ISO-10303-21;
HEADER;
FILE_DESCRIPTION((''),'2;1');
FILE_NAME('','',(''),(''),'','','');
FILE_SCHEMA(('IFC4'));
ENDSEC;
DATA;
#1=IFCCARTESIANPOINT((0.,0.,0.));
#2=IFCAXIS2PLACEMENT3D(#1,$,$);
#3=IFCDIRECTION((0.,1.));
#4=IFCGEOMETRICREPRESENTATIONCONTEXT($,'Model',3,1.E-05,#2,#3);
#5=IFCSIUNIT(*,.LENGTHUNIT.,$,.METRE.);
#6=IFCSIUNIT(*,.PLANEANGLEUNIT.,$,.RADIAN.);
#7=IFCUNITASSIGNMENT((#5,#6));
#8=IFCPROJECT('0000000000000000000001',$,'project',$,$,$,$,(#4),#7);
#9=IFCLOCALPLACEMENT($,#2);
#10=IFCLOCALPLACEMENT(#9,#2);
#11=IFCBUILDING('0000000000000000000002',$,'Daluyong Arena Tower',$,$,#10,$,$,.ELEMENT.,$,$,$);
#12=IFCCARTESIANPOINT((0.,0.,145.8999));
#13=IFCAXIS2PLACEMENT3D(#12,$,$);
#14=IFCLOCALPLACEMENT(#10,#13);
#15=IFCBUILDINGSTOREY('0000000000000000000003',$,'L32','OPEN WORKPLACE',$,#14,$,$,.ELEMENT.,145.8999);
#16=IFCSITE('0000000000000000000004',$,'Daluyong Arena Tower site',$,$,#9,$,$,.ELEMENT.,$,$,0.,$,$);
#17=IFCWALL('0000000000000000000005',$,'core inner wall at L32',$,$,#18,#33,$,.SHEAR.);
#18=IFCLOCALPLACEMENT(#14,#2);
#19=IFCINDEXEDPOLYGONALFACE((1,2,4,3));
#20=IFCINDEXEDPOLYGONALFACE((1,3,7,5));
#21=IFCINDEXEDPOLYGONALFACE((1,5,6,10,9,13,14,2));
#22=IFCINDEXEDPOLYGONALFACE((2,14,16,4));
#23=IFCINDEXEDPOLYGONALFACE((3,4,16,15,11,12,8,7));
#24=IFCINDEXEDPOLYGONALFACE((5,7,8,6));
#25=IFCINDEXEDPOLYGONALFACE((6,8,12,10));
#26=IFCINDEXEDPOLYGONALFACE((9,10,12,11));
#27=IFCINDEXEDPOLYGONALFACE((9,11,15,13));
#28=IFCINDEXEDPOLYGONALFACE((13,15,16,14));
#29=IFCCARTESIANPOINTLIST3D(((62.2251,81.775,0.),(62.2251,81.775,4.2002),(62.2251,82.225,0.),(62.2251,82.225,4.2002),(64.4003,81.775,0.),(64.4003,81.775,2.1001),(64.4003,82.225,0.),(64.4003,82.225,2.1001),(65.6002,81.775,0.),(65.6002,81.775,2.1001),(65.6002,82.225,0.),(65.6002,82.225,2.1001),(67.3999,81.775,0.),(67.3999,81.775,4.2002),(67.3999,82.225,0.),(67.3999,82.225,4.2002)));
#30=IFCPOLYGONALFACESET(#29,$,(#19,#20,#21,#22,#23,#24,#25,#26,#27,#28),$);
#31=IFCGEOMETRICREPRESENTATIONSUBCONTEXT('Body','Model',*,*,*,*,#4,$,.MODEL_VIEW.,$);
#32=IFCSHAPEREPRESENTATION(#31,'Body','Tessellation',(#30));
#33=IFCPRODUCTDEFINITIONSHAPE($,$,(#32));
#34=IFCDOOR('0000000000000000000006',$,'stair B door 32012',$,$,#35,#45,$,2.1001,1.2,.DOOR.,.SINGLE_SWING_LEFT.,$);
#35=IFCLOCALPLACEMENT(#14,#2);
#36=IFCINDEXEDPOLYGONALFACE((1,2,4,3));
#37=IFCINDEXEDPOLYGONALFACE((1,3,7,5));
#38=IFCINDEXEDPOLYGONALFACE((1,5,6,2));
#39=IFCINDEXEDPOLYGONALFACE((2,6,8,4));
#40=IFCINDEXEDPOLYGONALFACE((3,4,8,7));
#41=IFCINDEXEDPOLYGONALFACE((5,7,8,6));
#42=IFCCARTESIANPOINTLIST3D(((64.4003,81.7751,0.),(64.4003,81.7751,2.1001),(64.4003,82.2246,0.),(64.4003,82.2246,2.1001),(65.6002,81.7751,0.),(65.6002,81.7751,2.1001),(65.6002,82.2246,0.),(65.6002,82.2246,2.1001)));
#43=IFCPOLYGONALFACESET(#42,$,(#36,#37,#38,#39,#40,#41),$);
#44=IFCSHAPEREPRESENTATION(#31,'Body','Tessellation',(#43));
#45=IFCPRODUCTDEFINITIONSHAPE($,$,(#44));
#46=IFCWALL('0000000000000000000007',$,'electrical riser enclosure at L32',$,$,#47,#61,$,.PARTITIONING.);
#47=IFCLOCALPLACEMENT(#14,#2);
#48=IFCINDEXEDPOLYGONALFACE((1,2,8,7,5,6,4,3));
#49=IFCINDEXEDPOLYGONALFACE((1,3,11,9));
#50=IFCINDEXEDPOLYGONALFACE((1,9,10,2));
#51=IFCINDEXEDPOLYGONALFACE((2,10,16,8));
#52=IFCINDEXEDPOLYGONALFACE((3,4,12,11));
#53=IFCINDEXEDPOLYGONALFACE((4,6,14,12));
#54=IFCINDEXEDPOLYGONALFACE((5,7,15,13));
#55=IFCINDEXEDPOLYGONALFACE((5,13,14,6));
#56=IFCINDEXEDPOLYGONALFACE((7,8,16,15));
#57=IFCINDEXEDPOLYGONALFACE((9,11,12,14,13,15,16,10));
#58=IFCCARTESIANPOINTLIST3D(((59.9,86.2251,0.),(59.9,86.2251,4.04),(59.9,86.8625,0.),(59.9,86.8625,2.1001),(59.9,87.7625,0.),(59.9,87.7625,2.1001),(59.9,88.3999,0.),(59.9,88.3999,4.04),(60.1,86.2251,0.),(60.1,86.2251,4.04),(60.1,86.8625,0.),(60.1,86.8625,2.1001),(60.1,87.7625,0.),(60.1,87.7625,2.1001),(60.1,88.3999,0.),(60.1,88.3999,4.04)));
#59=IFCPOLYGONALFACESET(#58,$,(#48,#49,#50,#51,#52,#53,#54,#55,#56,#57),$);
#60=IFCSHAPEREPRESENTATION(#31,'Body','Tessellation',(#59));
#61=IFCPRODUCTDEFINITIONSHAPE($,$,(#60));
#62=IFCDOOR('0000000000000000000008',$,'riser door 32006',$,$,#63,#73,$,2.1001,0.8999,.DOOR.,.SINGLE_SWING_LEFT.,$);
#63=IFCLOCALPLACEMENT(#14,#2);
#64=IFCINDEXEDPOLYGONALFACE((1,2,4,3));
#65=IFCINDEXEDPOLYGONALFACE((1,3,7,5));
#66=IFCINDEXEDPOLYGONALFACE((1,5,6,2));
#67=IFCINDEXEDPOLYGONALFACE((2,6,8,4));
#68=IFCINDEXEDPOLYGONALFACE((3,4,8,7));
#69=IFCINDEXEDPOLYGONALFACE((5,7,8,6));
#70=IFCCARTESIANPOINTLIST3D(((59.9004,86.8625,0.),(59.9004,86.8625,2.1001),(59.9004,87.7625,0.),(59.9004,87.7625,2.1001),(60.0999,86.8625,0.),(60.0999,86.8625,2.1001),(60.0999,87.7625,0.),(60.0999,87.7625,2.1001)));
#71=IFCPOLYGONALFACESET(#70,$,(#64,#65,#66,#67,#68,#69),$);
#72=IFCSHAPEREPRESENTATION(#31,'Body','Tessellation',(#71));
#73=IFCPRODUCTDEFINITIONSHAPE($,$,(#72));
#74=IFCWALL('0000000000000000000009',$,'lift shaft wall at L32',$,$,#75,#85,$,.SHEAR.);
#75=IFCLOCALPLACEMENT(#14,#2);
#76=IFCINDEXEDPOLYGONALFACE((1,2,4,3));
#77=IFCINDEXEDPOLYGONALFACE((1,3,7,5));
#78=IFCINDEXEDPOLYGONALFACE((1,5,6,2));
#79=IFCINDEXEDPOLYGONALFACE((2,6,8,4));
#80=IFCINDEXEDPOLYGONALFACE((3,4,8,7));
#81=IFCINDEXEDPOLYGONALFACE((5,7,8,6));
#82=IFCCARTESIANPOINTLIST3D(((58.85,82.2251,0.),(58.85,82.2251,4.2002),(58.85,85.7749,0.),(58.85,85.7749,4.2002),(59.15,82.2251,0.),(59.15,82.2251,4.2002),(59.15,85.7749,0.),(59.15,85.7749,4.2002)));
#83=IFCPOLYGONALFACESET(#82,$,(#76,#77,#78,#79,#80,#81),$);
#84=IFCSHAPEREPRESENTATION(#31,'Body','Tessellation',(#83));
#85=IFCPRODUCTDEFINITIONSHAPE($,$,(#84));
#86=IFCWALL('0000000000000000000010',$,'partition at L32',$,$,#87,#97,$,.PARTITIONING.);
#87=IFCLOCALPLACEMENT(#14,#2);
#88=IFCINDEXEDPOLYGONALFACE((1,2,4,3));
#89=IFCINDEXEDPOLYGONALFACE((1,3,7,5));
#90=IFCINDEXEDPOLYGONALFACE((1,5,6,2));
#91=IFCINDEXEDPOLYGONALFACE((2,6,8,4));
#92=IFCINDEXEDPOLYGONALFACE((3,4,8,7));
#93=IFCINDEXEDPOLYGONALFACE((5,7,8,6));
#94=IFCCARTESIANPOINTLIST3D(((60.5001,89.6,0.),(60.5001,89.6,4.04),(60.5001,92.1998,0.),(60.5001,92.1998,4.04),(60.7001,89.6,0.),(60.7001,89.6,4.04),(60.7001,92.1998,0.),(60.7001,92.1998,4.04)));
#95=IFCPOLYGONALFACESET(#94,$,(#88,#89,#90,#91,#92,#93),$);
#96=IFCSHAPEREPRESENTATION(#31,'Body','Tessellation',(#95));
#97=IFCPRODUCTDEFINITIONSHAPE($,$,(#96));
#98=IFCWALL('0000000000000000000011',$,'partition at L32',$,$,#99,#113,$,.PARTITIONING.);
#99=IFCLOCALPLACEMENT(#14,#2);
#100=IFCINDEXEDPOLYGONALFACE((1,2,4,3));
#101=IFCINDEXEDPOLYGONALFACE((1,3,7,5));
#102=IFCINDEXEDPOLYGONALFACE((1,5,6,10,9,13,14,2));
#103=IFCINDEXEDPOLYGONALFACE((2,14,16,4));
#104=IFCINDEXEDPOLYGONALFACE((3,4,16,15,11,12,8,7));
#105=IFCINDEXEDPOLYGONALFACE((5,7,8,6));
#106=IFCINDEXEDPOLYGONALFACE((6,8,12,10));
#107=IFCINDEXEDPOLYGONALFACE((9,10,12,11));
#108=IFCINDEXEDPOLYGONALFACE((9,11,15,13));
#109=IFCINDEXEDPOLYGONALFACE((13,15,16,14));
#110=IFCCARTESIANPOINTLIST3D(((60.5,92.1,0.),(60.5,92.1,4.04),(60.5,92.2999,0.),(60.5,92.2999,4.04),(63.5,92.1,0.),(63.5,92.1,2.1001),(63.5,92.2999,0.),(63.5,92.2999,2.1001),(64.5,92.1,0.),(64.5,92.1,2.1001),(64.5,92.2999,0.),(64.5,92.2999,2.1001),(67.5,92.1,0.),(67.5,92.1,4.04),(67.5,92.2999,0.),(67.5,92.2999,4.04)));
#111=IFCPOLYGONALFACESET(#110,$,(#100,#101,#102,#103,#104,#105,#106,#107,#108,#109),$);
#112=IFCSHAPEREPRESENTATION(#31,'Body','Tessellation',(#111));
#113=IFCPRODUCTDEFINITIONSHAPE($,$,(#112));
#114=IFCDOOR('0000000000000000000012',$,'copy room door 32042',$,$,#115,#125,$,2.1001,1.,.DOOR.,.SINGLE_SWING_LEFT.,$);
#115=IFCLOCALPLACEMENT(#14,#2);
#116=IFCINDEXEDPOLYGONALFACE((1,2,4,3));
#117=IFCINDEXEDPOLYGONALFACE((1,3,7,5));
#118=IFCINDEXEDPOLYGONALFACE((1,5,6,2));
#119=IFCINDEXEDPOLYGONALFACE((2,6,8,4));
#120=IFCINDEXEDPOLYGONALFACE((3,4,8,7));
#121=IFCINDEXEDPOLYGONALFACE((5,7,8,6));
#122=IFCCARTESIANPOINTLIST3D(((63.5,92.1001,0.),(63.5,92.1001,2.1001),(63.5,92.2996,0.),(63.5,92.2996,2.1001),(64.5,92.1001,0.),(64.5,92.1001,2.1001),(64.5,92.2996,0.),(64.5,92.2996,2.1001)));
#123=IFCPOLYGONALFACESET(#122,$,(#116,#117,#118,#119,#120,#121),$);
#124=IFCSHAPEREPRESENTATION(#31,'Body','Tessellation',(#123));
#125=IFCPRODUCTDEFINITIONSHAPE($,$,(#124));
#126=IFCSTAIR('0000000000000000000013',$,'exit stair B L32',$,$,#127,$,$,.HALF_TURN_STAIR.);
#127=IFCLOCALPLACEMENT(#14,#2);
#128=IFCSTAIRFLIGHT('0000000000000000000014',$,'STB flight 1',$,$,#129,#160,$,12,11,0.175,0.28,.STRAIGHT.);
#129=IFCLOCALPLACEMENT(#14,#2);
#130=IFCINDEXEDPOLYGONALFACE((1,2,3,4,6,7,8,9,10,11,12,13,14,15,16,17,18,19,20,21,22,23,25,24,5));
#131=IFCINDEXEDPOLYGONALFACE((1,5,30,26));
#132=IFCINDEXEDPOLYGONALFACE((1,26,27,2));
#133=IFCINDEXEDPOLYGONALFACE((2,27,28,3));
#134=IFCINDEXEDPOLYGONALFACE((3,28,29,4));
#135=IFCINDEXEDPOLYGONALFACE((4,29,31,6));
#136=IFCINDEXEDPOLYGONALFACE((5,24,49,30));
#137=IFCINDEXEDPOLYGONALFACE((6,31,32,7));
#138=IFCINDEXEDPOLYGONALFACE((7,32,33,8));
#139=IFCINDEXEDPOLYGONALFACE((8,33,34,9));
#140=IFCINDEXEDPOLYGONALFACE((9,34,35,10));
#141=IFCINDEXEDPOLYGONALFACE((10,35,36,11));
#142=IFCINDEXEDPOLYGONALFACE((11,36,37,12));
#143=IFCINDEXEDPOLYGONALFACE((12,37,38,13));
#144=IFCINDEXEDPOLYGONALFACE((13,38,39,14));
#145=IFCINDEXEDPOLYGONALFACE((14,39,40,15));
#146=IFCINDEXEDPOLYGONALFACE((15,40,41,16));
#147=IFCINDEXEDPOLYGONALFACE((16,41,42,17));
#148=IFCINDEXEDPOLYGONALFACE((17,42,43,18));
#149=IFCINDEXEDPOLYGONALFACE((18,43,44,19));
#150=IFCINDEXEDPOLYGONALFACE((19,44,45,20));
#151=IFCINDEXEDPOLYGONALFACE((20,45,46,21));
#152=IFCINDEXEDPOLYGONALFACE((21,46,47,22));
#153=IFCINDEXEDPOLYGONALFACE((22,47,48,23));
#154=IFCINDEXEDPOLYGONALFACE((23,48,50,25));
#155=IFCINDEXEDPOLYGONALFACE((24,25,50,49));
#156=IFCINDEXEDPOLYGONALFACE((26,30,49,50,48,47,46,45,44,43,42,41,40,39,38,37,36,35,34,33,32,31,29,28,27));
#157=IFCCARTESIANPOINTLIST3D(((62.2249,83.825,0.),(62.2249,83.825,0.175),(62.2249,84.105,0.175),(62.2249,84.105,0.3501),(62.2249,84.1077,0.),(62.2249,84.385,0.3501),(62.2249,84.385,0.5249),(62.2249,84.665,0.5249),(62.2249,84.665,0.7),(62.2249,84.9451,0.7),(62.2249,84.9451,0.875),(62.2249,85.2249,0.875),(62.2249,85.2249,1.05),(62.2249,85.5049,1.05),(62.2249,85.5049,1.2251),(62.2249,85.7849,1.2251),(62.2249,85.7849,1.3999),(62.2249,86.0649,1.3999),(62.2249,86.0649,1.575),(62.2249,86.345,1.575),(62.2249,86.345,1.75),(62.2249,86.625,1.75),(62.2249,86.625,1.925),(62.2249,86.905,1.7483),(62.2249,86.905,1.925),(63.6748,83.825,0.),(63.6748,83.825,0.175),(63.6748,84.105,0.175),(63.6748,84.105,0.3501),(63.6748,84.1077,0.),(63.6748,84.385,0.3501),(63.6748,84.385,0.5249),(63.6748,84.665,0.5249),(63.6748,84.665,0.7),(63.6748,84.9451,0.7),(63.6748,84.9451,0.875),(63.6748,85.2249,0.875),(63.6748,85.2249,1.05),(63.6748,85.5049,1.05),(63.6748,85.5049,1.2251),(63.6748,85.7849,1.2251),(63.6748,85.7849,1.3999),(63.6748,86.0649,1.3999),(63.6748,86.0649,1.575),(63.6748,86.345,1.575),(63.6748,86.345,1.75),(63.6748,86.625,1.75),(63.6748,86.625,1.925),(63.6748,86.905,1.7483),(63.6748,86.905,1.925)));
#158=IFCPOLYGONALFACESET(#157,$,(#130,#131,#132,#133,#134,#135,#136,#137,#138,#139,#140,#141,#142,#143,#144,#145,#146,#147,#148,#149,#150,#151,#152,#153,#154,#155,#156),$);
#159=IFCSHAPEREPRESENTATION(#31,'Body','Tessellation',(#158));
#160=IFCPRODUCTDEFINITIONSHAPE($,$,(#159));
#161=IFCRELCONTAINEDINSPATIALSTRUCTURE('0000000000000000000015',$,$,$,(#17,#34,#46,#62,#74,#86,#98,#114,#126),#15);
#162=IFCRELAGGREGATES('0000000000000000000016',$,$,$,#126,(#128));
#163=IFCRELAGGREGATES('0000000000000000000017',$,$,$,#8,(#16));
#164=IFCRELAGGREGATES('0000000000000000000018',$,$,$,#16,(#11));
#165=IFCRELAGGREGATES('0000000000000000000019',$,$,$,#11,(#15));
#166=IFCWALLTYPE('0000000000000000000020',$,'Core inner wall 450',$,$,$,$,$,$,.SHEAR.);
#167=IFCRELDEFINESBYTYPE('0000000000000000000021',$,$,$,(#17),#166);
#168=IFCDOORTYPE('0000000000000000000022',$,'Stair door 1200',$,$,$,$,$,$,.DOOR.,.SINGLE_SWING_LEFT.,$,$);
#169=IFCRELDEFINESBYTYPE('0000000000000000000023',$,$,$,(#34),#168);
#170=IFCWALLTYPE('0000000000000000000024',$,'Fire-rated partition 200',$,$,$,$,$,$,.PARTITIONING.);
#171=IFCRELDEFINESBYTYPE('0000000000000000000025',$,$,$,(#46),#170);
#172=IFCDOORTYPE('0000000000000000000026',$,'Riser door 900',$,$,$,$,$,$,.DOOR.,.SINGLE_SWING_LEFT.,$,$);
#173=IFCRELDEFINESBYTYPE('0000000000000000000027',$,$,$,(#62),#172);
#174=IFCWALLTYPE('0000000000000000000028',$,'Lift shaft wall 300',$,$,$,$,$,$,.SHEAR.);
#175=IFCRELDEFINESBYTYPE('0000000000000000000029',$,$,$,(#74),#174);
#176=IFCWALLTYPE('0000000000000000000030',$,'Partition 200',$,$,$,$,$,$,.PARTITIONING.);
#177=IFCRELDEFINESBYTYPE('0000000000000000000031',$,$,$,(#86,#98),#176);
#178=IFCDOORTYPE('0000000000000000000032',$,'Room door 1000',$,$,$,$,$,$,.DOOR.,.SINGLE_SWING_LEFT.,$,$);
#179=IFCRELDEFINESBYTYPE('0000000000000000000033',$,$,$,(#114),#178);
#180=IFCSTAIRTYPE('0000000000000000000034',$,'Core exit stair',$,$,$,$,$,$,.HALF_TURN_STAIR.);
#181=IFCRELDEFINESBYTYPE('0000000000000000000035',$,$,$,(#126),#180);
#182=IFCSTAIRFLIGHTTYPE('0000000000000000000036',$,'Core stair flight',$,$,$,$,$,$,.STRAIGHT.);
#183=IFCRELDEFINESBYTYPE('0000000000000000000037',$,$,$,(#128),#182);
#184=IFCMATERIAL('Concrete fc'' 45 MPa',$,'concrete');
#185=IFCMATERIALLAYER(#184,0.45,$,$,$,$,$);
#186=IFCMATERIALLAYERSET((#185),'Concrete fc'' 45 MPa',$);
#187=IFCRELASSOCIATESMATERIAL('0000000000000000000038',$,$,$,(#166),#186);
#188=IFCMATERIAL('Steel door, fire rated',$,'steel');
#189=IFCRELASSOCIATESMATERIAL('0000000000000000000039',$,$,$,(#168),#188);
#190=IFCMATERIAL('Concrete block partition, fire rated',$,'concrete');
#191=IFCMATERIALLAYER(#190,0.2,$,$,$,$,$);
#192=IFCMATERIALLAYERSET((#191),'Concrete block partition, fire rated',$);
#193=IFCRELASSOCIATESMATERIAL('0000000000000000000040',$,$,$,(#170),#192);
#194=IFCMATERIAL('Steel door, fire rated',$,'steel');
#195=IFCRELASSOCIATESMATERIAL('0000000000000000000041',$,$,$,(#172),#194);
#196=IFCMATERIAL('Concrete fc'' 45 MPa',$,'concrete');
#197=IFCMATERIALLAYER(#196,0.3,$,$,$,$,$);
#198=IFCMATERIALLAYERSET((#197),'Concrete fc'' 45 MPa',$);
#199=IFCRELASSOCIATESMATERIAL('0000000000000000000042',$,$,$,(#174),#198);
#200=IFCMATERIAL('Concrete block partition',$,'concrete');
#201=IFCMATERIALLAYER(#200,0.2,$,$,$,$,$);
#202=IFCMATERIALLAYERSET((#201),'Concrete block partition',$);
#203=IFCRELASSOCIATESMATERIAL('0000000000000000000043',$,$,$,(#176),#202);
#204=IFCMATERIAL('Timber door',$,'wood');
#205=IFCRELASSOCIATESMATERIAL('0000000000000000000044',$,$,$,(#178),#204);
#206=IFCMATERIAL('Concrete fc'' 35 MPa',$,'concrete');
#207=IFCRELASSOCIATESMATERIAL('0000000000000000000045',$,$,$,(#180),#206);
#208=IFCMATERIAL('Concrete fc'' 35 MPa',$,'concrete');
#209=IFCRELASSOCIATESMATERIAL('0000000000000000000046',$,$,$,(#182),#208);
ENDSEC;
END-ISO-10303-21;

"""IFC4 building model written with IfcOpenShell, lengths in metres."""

from ifc_helpers import new_model, si_unit, direction, frame, frame_2d, origin, place, context, subcontext, project, spatial, polyline, rectangle, outline, extrude, material, layer, layer_set, type_object, element, fill, aggregate, save


model = new_model("IFC4")

# Units and contexts
model_context = context("Model", 3, precision=1e-05, world=origin(), true_north=direction((0.0, 1.0)))
body_context = subcontext(model_context, "Body", "Model", "MODEL_VIEW")
ifc_project = project(units=[si_unit("LENGTHUNIT", "METRE"), si_unit("PLANEANGLEUNIT", "RADIAN")], contexts=[model_context])

# Site, building, storey
site_placement = place(None, origin())
site = spatial("IfcSite", under=ifc_project, at=site_placement, Name="Daluyong Arena Tower site", CompositionType="ELEMENT", RefElevation=0.0)
building_placement = place(site_placement, origin())
building = spatial("IfcBuilding", under=site, at=building_placement, Name="Daluyong Arena Tower", CompositionType="ELEMENT")
storey_placement = place(building_placement, frame((0.0, 0.0, 145.8999)))
storey = spatial("IfcBuildingStorey", under=building, at=storey_placement, Name="L32", Description="OPEN WORKPLACE", CompositionType="ELEMENT", Elevation=145.8999)

# Walls, openings, doors
ifc_material_1 = material(Name="Concrete fc' 45 MPa", Category="concrete")
ifc_layer_1 = layer(ifc_material_1, 0.45)
ifc_layer_set_1 = layer_set([ifc_layer_1], Name="Concrete fc' 45 MPa")
wall_type_1 = type_object("IfcWallType", Name="Core inner wall 450", PredefinedType="SHEAR", material=ifc_layer_set_1)
wall_1_placement = place(storey_placement, frame((62.2251, 82.0, 0.0), z_axis=(0.0, 0.0, 1.0), x_axis=(1.0, 0.0, 0.0)))
wall_1 = element("IfcWall", 1, at=wall_1_placement, inside=storey, type_object=wall_type_1, Name="core inner wall at L32", PredefinedType="SHEAR", context=body_context, shape_type="SweptSolid", body=[
    extrude(rectangle(XDim=5.1748, YDim=0.45, at=frame_2d((2.5874, 0.0))), origin(), (0.0, 0.0, 1.0), 4.2002),
])
opening_1_placement = place(wall_1_placement, frame((2.175, 0.0, 0.0)))
opening_1 = element("IfcOpeningElement", 2, at=opening_1_placement, cuts=wall_1, PredefinedType="OPENING", context=body_context, shape_type="SweptSolid", body=[
    extrude(rectangle(XDim=1.2, YDim=2.1001, at=frame_2d((0.6001, 1.05))), frame((0.0, 0.2349, 0.0), z_axis=(0.0, -1.0, 0.0), x_axis=(1.0, 0.0, 0.0)), (0.0, 0.0, 1.0), 0.47),
])
ifc_material_2 = material(Name="Steel door, fire rated", Category="steel")
door_type_1 = type_object("IfcDoorType", Name="Stair door 1200", OperationType="SINGLE_SWING_LEFT", PredefinedType="DOOR", material=ifc_material_2)
door_1_placement = place(opening_1_placement, origin())
door_1 = element("IfcDoor", 3, at=door_1_placement, inside=storey, type_object=door_type_1, Name="stair B door 32012", OperationType="SINGLE_SWING_LEFT", OverallHeight=2.1001, OverallWidth=1.2, PredefinedType="DOOR", context=body_context, shape_type="SweptSolid", body=[
    extrude(rectangle(XDim=1.2, YDim=2.1001, at=frame_2d((0.6001, 1.05))), frame((0.0, 0.2246, 0.0), z_axis=(0.0, -1.0, 0.0), x_axis=(1.0, 0.0, 0.0)), (0.0, 0.0, 1.0), 0.4495),
])
fill(opening_1, door_1)
ifc_material_3 = material(Name="Concrete block partition, fire rated", Category="concrete")
ifc_layer_2 = layer(ifc_material_3, 0.2)
ifc_layer_set_2 = layer_set([ifc_layer_2], Name="Concrete block partition, fire rated")
wall_type_2 = type_object("IfcWallType", Name="Fire-rated partition 200", PredefinedType="PARTITIONING", material=ifc_layer_set_2)
wall_2_placement = place(storey_placement, frame((60.0, 86.2251, 0.0), z_axis=(0.0, 0.0, 1.0), x_axis=(0.0, 1.0, 0.0)))
wall_2 = element("IfcWall", 4, at=wall_2_placement, inside=storey, type_object=wall_type_2, Name="electrical riser enclosure at L32", PredefinedType="PARTITIONING", context=body_context, shape_type="SweptSolid", body=[
    extrude(rectangle(XDim=2.1748, YDim=0.2, at=frame_2d((1.0874, 0.0))), origin(), (0.0, 0.0, 1.0), 4.04),
])
opening_2_placement = place(wall_2_placement, frame((0.6375, 0.0, 0.0)))
opening_2 = element("IfcOpeningElement", 5, at=opening_2_placement, cuts=wall_2, PredefinedType="OPENING", context=body_context, shape_type="SweptSolid", body=[
    extrude(rectangle(XDim=0.8999, YDim=2.1001, at=frame_2d((0.45, 1.05))), frame((0.0, 0.1099, 0.0), z_axis=(0.0, -1.0, 0.0), x_axis=(1.0, 0.0, 0.0)), (0.0, 0.0, 1.0), 0.22),
])
ifc_material_4 = material(Name="Steel door, fire rated", Category="steel")
door_type_2 = type_object("IfcDoorType", Name="Riser door 900", OperationType="SINGLE_SWING_LEFT", PredefinedType="DOOR", material=ifc_material_4)
door_2_placement = place(opening_2_placement, origin())
door_2 = element("IfcDoor", 6, at=door_2_placement, inside=storey, type_object=door_type_2, Name="riser door 32006", OperationType="SINGLE_SWING_LEFT", OverallHeight=2.1001, OverallWidth=0.8999, PredefinedType="DOOR", context=body_context, shape_type="SweptSolid", body=[
    extrude(rectangle(XDim=0.8999, YDim=2.1001, at=frame_2d((0.45, 1.05))), frame((0.0, 0.0996, 0.0), z_axis=(0.0, -1.0, 0.0), x_axis=(1.0, 0.0, 0.0)), (0.0, 0.0, 1.0), 0.1995),
])
fill(opening_2, door_2)

# Walls
ifc_material_5 = material(Name="Concrete fc' 45 MPa", Category="concrete")
ifc_layer_3 = layer(ifc_material_5, 0.3)
ifc_layer_set_3 = layer_set([ifc_layer_3], Name="Concrete fc' 45 MPa")
wall_type_3 = type_object("IfcWallType", Name="Lift shaft wall 300", PredefinedType="SHEAR", material=ifc_layer_set_3)
wall_3_placement = place(storey_placement, frame((59.0, 82.2251, 0.0), z_axis=(0.0, 0.0, 1.0), x_axis=(0.0, 1.0, 0.0)))
element("IfcWall", 7, at=wall_3_placement, inside=storey, type_object=wall_type_3, Name="lift shaft wall at L32", PredefinedType="SHEAR", context=body_context, shape_type="SweptSolid", body=[
    extrude(rectangle(XDim=3.5498, YDim=0.3, at=frame_2d((1.7749, 0.0))), origin(), (0.0, 0.0, 1.0), 4.2002),
])
ifc_material_6 = material(Name="Concrete block partition", Category="concrete")
ifc_layer_4 = layer(ifc_material_6, 0.2)
ifc_layer_set_4 = layer_set([ifc_layer_4], Name="Concrete block partition")
wall_type_4 = type_object("IfcWallType", Name="Partition 200", PredefinedType="PARTITIONING", material=ifc_layer_set_4)
wall_4_placement = place(storey_placement, frame((60.6001, 89.6001, 0.0), z_axis=(0.0, 0.0, 1.0), x_axis=(0.0, 1.0, 0.0)))
element("IfcWall", 8, at=wall_4_placement, inside=storey, type_object=wall_type_4, Name="partition at L32", PredefinedType="PARTITIONING", context=body_context, shape_type="SweptSolid", body=[
    extrude(rectangle(XDim=2.5999, YDim=0.2, at=frame_2d((1.2998, 0.0))), origin(), (0.0, 0.0, 1.0), 4.04),
])

# Wall, opening, door
wall_5_placement = place(storey_placement, frame((60.5, 92.2, 0.0), z_axis=(0.0, 0.0, 1.0), x_axis=(1.0, 0.0, 0.0)))
wall_5 = element("IfcWall", 9, at=wall_5_placement, inside=storey, type_object=wall_type_4, Name="partition at L32", PredefinedType="PARTITIONING", context=body_context, shape_type="SweptSolid", body=[
    extrude(rectangle(XDim=7.0, YDim=0.2, at=frame_2d((3.5, 0.0))), origin(), (0.0, 0.0, 1.0), 4.04),
])
opening_3_placement = place(wall_5_placement, frame((3.0, 0.0, 0.0)))
opening_3 = element("IfcOpeningElement", 10, at=opening_3_placement, cuts=wall_5, PredefinedType="OPENING", context=body_context, shape_type="SweptSolid", body=[
    extrude(rectangle(XDim=1.0, YDim=2.1001, at=frame_2d((0.5, 1.05))), frame((0.0, 0.1099, 0.0), z_axis=(0.0, -1.0, 0.0), x_axis=(1.0, 0.0, 0.0)), (0.0, 0.0, 1.0), 0.22),
])
ifc_material_7 = material(Name="Timber door", Category="wood")
door_type_3 = type_object("IfcDoorType", Name="Room door 1000", OperationType="SINGLE_SWING_LEFT", PredefinedType="DOOR", material=ifc_material_7)
door_3_placement = place(opening_3_placement, origin())
door_3 = element("IfcDoor", 11, at=door_3_placement, inside=storey, type_object=door_type_3, Name="copy room door 32042", OperationType="SINGLE_SWING_LEFT", OverallHeight=2.1001, OverallWidth=1.0, PredefinedType="DOOR", context=body_context, shape_type="SweptSolid", body=[
    extrude(rectangle(XDim=1.0, YDim=2.1001, at=frame_2d((0.5, 1.05))), frame((0.0, 0.0996, 0.0), z_axis=(0.0, -1.0, 0.0), x_axis=(1.0, 0.0, 0.0)), (0.0, 0.0, 1.0), 0.1995),
])
fill(opening_3, door_3)

# Stair, stair flight
ifc_material_8 = material(Name="Concrete fc' 35 MPa", Category="concrete")
stair_type = type_object("IfcStairType", Name="Core exit stair", PredefinedType="HALF_TURN_STAIR", material=ifc_material_8)
stair_placement = place(storey_placement, origin())
stair = element("IfcStair", 12, at=stair_placement, inside=storey, type_object=stair_type, Name="exit stair B L32", PredefinedType="HALF_TURN_STAIR")
ifc_material_9 = material(Name="Concrete fc' 35 MPa", Category="concrete")
stair_flight_type = type_object("IfcStairFlightType", Name="Core stair flight", PredefinedType="STRAIGHT", material=ifc_material_9)
stair_flight_placement = place(storey_placement, frame((62.95, 83.825, 0.0), z_axis=(0.0, 0.0, 1.0), x_axis=(0.0, 1.0, 0.0)))
stair_flight = element("IfcStairFlight", 13, at=stair_flight_placement, type_object=stair_flight_type, Name="STB flight 1", NumberOfRisers=12, NumberOfTreads=11, PredefinedType="STRAIGHT", RiserHeight=0.175, TreadLength=0.28, context=body_context, shape_type="SweptSolid", body=[
    extrude(outline(polyline([(0.0, 0.0), (0.0, 0.175), (0.28, 0.175), (0.28, 0.3501), (0.5601, 0.3501), (0.5601, 0.5249), (0.8401, 0.5249), (0.8401, 0.7), (1.1201, 0.7), (1.1201, 0.875), (1.3999, 0.875), (1.3999, 1.05), (1.6799, 1.05), (1.6799, 1.2251), (1.96, 1.2251), (1.96, 1.3999), (2.24, 1.3999), (2.24, 1.575), (2.52, 1.575), (2.52, 1.75), (2.8, 1.75), (2.8, 1.925), (3.0801, 1.925), (3.0801, 2.1001), (3.0801, 1.7483), (0.2827, 0.0), (0.0, 0.0)])), frame((0.0, 0.7251, 0.0), z_axis=(0.0, -1.0, 0.0), x_axis=(1.0, 0.0, 0.0)), (0.0, 0.0, 1.0), 1.45),
])
aggregate(stair, [stair_flight])

save(model, "model.ifc")
